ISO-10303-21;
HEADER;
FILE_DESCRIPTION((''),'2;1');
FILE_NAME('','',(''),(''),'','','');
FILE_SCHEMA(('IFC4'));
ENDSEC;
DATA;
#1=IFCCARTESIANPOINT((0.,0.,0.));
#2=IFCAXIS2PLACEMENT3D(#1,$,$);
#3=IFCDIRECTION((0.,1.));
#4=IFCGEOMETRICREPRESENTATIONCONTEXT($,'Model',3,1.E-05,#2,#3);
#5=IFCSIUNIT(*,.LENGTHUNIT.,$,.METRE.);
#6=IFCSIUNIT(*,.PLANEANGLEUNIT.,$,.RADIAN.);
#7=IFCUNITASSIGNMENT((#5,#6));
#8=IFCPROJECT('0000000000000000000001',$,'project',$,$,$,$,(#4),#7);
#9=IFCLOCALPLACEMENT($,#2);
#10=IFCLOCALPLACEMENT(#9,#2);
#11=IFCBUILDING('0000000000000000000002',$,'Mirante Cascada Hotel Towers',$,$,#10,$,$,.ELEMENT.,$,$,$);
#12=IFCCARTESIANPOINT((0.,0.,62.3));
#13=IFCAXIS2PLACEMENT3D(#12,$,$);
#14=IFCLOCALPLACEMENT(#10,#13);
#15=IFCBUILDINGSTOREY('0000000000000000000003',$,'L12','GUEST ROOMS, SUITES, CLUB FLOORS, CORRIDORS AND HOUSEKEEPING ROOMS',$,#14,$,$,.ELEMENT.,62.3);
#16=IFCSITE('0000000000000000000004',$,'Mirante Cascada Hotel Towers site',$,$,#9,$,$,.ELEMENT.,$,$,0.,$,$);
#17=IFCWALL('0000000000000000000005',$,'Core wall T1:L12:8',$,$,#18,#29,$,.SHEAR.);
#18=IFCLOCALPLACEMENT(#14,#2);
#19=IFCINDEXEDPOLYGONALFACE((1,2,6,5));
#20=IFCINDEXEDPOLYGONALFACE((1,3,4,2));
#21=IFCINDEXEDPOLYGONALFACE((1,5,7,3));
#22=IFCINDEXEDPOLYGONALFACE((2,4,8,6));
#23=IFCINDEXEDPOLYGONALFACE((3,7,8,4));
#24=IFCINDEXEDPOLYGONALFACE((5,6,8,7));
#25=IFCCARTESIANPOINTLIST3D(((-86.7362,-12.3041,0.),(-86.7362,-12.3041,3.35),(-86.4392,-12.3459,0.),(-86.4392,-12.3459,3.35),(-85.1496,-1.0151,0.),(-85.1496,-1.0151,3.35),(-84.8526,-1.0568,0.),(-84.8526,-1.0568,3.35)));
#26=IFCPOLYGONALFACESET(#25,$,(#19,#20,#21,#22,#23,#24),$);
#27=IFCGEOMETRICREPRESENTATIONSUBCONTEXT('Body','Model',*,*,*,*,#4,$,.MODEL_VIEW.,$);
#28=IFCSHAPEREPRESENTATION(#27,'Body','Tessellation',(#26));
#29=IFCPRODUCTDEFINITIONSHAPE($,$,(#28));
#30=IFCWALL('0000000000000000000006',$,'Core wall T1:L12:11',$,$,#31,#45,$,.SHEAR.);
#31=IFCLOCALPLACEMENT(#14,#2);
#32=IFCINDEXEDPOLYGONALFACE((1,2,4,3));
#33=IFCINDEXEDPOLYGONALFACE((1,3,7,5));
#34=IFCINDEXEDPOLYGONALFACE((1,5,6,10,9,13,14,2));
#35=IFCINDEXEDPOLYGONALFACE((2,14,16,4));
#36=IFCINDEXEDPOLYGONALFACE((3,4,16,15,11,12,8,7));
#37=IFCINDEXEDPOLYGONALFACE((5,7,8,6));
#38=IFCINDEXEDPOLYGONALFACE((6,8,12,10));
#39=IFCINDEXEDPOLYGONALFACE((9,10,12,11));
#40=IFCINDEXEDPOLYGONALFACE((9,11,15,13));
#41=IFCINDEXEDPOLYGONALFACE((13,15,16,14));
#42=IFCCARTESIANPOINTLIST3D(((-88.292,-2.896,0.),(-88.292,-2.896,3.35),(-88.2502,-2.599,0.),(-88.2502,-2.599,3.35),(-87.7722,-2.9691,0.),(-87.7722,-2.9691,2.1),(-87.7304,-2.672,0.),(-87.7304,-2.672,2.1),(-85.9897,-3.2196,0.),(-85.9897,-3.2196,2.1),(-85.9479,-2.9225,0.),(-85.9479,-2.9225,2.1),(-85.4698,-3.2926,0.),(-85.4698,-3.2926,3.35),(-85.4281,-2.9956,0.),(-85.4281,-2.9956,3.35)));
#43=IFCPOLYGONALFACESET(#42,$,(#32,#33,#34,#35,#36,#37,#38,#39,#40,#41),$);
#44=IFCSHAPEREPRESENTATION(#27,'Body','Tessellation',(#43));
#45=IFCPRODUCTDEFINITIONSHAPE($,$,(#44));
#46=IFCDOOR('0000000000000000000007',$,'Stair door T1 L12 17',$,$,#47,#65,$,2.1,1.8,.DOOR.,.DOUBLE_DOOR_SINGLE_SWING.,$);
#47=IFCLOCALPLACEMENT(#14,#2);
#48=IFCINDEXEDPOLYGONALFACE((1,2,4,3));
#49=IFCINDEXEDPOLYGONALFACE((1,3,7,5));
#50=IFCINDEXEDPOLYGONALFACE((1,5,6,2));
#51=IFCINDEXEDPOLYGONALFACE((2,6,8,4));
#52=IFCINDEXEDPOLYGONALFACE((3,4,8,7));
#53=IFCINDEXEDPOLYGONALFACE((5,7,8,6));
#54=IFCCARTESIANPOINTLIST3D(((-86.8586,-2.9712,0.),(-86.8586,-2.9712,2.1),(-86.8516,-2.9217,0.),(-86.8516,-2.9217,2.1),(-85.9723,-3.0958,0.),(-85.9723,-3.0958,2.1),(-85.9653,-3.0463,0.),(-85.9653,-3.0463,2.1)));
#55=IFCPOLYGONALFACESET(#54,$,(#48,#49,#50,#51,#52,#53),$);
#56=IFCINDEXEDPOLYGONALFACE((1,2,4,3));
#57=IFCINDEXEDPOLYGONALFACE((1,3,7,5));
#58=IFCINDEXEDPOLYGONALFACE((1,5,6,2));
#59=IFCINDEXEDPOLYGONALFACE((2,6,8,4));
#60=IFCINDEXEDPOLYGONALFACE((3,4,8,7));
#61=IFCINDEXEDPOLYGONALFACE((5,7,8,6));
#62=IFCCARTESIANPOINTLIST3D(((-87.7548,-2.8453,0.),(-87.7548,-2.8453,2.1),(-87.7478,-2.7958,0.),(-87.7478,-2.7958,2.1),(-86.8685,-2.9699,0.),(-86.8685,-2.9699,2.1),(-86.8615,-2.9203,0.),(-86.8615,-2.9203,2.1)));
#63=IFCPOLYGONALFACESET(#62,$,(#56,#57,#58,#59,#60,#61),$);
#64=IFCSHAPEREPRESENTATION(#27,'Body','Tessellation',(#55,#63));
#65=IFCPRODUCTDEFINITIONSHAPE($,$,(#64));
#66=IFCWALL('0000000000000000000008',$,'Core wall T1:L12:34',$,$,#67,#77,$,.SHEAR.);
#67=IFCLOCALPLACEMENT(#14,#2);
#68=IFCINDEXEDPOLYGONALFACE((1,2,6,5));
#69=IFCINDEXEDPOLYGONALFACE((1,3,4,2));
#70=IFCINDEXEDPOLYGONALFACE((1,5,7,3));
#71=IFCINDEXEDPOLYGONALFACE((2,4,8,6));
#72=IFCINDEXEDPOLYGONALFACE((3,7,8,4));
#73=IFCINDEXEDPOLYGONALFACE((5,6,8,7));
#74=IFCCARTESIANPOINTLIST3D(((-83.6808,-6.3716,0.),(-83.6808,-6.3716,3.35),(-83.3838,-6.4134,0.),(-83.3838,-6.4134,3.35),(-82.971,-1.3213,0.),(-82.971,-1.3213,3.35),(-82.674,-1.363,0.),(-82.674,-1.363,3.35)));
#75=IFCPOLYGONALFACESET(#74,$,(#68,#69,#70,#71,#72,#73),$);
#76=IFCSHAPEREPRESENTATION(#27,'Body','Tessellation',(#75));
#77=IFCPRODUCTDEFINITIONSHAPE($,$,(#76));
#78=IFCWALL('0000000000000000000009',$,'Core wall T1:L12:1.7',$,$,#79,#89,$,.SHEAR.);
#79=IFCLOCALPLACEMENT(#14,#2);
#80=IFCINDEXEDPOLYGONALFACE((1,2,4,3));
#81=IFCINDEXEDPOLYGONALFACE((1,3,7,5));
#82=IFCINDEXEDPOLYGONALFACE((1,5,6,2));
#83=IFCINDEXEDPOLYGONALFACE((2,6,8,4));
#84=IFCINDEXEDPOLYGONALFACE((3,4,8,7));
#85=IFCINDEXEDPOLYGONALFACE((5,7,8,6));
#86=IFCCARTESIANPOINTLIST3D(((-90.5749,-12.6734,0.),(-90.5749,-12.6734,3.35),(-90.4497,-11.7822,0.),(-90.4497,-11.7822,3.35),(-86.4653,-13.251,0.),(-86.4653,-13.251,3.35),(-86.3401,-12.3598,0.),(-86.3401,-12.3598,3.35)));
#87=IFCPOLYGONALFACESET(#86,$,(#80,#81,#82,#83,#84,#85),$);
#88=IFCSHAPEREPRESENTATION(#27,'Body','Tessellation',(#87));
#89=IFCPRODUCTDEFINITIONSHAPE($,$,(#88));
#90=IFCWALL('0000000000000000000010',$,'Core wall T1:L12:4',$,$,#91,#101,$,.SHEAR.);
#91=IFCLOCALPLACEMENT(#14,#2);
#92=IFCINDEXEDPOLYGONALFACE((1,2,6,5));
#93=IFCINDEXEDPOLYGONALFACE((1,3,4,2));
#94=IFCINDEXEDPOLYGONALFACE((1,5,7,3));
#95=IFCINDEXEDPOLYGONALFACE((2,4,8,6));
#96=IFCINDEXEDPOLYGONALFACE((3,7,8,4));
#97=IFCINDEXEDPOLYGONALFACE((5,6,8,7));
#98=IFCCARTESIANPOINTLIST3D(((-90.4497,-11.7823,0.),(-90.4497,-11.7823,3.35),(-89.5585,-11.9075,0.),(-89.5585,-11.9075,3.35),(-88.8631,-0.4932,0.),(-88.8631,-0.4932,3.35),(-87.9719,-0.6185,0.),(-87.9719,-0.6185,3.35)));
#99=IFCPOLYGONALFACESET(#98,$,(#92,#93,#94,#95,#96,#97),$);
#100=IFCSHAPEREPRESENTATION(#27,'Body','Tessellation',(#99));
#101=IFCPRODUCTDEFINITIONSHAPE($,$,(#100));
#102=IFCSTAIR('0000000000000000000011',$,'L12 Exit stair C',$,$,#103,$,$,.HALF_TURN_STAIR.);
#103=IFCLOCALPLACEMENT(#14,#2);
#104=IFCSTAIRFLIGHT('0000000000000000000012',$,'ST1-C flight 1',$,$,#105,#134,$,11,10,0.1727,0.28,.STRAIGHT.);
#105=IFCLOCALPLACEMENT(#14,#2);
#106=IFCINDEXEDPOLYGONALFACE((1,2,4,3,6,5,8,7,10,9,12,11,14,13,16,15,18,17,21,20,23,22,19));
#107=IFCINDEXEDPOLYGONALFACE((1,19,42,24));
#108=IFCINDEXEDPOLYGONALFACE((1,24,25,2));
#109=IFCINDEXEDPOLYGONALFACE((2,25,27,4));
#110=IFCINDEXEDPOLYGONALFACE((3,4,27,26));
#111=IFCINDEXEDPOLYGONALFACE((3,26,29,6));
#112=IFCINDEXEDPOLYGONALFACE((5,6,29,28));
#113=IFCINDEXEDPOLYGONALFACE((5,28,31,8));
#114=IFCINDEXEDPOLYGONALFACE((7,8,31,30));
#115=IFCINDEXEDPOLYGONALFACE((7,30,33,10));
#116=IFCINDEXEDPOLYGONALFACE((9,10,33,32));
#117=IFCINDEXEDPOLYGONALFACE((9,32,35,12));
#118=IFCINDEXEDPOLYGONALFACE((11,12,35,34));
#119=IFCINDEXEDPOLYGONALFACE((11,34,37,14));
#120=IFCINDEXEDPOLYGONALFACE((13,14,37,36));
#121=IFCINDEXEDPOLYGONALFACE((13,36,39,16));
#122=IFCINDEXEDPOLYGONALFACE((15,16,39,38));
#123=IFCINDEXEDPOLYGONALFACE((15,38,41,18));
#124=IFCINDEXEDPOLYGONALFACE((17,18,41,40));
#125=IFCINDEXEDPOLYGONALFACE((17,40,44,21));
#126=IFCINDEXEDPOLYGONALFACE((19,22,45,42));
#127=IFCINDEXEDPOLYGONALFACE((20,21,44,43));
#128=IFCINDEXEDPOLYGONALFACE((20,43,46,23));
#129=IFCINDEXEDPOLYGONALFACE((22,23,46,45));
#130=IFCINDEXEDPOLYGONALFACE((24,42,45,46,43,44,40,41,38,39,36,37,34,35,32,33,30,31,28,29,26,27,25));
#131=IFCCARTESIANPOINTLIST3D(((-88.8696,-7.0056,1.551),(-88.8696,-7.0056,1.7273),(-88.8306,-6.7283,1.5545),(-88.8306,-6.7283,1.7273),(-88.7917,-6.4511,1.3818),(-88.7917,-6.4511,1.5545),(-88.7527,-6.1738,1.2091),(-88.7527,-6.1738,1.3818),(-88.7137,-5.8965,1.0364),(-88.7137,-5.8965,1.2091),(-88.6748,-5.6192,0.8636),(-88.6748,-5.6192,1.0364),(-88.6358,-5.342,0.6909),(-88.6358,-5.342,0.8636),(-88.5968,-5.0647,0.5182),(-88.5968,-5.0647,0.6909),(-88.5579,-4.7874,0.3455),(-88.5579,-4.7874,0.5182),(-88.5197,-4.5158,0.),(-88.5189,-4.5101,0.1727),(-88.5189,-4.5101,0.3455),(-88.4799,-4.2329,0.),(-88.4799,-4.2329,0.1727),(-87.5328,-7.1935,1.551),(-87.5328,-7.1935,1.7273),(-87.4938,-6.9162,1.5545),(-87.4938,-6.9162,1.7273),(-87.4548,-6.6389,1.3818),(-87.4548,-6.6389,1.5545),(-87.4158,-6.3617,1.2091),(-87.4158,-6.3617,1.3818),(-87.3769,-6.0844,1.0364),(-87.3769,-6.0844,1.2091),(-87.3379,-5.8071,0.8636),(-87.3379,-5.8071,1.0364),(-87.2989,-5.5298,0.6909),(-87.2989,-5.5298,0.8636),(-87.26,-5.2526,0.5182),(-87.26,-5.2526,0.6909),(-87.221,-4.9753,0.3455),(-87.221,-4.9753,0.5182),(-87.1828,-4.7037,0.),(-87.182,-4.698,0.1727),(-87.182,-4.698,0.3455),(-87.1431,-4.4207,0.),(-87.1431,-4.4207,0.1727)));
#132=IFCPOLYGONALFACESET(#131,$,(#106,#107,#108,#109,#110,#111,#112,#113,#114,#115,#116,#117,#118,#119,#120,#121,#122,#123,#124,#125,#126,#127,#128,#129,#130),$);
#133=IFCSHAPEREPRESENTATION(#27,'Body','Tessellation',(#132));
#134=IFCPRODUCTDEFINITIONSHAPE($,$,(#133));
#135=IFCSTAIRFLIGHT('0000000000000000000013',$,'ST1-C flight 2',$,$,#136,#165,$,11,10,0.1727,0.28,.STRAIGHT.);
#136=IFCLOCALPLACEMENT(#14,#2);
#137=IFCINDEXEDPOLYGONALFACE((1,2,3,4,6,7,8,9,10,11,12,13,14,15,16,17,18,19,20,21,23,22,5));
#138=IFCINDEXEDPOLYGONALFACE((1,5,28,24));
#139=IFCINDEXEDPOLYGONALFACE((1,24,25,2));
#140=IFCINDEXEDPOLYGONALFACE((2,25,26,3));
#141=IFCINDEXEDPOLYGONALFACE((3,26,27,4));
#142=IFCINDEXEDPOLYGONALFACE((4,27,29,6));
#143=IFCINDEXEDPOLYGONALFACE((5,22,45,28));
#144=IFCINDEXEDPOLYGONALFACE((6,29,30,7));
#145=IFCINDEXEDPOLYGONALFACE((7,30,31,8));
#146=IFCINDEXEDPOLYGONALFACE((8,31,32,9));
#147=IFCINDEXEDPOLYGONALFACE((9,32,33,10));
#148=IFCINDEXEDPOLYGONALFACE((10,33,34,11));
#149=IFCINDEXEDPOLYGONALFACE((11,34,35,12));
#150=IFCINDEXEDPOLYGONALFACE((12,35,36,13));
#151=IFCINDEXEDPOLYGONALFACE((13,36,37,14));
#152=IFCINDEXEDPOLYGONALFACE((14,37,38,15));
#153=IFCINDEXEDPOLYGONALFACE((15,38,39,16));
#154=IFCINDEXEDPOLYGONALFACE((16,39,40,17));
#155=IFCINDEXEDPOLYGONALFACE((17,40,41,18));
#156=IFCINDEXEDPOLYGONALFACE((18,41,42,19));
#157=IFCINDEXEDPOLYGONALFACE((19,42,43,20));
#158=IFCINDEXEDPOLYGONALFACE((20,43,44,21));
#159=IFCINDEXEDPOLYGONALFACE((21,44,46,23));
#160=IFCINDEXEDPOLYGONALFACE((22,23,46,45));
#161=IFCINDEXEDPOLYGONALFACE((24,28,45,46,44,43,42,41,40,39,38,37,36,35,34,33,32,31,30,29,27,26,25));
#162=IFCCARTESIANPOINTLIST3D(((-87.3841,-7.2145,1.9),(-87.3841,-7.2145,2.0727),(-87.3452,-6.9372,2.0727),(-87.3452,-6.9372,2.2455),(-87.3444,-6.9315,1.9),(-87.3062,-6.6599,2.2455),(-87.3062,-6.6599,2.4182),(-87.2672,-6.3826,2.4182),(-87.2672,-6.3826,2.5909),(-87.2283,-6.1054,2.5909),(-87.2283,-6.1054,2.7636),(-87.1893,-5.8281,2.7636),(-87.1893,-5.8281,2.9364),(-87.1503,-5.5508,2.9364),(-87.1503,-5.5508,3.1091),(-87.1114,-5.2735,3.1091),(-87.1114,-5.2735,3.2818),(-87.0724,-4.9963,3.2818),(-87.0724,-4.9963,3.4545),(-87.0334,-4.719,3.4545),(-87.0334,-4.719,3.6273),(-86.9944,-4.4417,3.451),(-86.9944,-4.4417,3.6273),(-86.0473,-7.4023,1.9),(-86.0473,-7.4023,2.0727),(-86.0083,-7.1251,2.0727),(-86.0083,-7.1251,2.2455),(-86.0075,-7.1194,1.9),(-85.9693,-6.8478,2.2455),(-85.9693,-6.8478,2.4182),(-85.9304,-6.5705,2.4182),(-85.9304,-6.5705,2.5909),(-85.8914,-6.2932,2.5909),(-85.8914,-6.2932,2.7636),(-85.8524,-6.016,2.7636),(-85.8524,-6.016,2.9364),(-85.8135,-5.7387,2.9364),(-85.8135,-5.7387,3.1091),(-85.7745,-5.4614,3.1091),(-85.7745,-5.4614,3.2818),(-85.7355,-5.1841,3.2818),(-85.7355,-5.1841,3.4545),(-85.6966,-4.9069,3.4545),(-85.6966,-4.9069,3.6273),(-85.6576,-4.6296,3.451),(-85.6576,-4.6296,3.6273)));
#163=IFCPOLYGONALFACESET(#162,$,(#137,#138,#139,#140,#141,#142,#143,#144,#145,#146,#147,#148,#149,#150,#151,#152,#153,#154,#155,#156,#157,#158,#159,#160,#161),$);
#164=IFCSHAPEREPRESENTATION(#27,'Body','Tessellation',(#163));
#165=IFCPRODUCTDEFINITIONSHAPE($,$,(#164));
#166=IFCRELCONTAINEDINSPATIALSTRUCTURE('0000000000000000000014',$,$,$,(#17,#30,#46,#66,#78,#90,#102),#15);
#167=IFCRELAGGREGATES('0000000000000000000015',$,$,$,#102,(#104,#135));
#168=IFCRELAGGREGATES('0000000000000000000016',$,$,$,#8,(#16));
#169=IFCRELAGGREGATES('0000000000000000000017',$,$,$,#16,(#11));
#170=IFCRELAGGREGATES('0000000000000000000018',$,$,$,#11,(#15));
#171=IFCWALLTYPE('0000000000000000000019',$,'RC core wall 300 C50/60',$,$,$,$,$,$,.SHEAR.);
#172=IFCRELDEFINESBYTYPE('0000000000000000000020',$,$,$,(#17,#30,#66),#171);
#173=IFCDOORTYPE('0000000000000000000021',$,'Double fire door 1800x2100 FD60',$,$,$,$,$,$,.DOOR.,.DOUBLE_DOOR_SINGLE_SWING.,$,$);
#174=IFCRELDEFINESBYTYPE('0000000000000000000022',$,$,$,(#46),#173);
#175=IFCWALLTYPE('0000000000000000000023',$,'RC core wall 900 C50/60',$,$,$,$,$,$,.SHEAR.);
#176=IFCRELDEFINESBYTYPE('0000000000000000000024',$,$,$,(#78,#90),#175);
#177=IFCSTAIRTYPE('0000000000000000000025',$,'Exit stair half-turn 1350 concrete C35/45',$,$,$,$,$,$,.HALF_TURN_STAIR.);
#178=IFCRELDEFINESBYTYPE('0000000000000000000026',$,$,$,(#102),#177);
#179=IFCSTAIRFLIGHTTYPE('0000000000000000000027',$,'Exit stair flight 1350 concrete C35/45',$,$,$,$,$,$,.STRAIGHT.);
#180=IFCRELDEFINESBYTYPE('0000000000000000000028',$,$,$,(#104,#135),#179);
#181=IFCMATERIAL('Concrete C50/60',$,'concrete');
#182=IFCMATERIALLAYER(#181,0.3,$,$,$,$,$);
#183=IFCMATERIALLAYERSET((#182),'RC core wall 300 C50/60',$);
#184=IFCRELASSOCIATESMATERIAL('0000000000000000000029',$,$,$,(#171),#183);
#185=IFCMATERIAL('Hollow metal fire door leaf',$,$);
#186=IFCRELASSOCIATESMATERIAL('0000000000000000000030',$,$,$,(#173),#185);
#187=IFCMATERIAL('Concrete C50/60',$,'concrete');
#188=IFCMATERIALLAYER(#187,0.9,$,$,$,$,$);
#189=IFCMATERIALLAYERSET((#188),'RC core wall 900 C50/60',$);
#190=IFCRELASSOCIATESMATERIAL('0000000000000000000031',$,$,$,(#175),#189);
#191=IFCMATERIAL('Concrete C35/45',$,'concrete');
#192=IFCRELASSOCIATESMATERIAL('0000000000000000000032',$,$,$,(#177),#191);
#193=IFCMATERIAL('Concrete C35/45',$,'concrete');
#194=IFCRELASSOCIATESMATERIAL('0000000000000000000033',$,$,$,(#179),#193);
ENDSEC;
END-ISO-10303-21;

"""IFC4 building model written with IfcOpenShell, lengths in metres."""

from ifc_helpers import new_model, si_unit, direction, frame, frame_2d, origin, place, context, subcontext, project, spatial, polyline, rectangle, outline, extrude, material, layer, layer_set, type_object, element, fill, aggregate, save


model = new_model("IFC4")

# Units and contexts
model_context = context("Model", 3, precision=1e-05, world=origin(), true_north=direction((0.0, 1.0)))
body_context = subcontext(model_context, "Body", "Model", "MODEL_VIEW")
ifc_project = project(units=[si_unit("LENGTHUNIT", "METRE"), si_unit("PLANEANGLEUNIT", "RADIAN")], contexts=[model_context])

# Site, building, storey
site_placement = place(None, origin())
site = spatial("IfcSite", under=ifc_project, at=site_placement, Name="Mirante Cascada Hotel Towers site", CompositionType="ELEMENT", RefElevation=0.0)
building_placement = place(site_placement, origin())
building = spatial("IfcBuilding", under=site, at=building_placement, Name="Mirante Cascada Hotel Towers", CompositionType="ELEMENT")
storey_placement = place(building_placement, frame((0.0, 0.0, 62.3)))
storey = spatial("IfcBuildingStorey", under=building, at=storey_placement, Name="L12", Description="GUEST ROOMS, SUITES, CLUB FLOORS, CORRIDORS AND HOUSEKEEPING ROOMS", CompositionType="ELEMENT", Elevation=62.3)

# Wall
ifc_material_1 = material(Name="Concrete C50/60", Category="concrete")
ifc_layer_1 = layer(ifc_material_1, 0.3)
ifc_layer_set_1 = layer_set([ifc_layer_1], Name="RC core wall 300 C50/60")
wall_type_1 = type_object("IfcWallType", Name="RC core wall 300 C50/60", PredefinedType="SHEAR", material=ifc_layer_set_1)
wall_1_placement = place(storey_placement, frame((-86.5877, -12.325, 0.0), z_axis=(0.0, 0.0, 1.0), x_axis=(0.139175, 0.990268, 0.0)))
element("IfcWall", 1, at=wall_1_placement, inside=storey, type_object=wall_type_1, Name="Core wall T1:L12:8", PredefinedType="SHEAR", context=body_context, shape_type="SweptSolid", body=[
    extrude(rectangle(XDim=11.4, YDim=0.3, at=frame_2d((5.7, 0.0))), origin(), (0.0, 0.0, 1.0), 3.35),
])

# Wall, opening, door
wall_2_placement = place(storey_placement, frame((-85.4489, -3.1441, 0.0), z_axis=(0.0, 0.0, 1.0), x_axis=(-0.99027, 0.139161, 0.0)))
wall_2 = element("IfcWall", 2, at=wall_2_placement, inside=storey, type_object=wall_type_1, Name="Core wall T1:L12:11", PredefinedType="SHEAR", context=body_context, shape_type="SweptSolid", body=[
    extrude(rectangle(XDim=2.8499, YDim=0.3, at=frame_2d((1.425, 0.0))), origin(), (0.0, 0.0, 1.0), 3.35),
])
opening_1_placement = place(wall_2_placement, frame((0.525, 0.0, 0.0)))
opening_1 = element("IfcOpeningElement", 3, at=opening_1_placement, cuts=wall_2, PredefinedType="OPENING", context=body_context, shape_type="SweptSolid", body=[
    extrude(rectangle(XDim=1.8, YDim=2.1, at=frame_2d((0.9, 1.05))), frame((0.0, 0.15, 0.0), z_axis=(0.0, -1.0, 0.0), x_axis=(1.0, 0.0, 0.0)), (0.0, 0.0, 1.0), 0.3),
])
ifc_material_2 = material(Name="Hollow metal fire door leaf")
door_type_1 = type_object("IfcDoorType", Name="Double fire door 1800x2100 FD60", OperationType="DOUBLE_DOOR_SINGLE_SWING", PredefinedType="DOOR", material=ifc_material_2)
door_1_placement = place(opening_1_placement, origin())
door_1 = element("IfcDoor", 4, at=door_1_placement, inside=storey, type_object=door_type_1, Name="Stair door T1 L12 17", OperationType="DOUBLE_DOOR_SINGLE_SWING", OverallHeight=2.1, OverallWidth=1.8, PredefinedType="DOOR", context=body_context, shape_type="SweptSolid", body=[
    extrude(rectangle(XDim=0.895, YDim=2.1, at=frame_2d((0.4475, 1.05))), frame((0.0, 0.025, 0.0), z_axis=(0.0, -1.0, 0.0), x_axis=(1.0, 0.0, 0.0)), (0.0, 0.0, 1.0), 0.05),
    extrude(rectangle(XDim=0.895, YDim=2.1, at=frame_2d((1.3525, 1.05))), frame((0.0, 0.025, 0.0), z_axis=(0.0, -1.0, 0.0), x_axis=(1.0, 0.0, 0.0)), (0.0, 0.0, 1.0), 0.05),
])
fill(opening_1, door_1)

# Walls
wall_3_placement = place(storey_placement, frame((-83.5323, -6.3925, 0.0), z_axis=(0.0, 0.0, 1.0), x_axis=(0.139176, 0.990268, 0.0)))
element("IfcWall", 5, at=wall_3_placement, inside=storey, type_object=wall_type_1, Name="Core wall T1:L12:34", PredefinedType="SHEAR", context=body_context, shape_type="SweptSolid", body=[
    extrude(rectangle(XDim=5.1, YDim=0.3, at=frame_2d((2.55, 0.0))), origin(), (0.0, 0.0, 1.0), 3.35),
])
ifc_material_3 = material(Name="Concrete C50/60", Category="concrete")
ifc_layer_2 = layer(ifc_material_3, 0.9)
ifc_layer_set_2 = layer_set([ifc_layer_2], Name="RC core wall 900 C50/60")
wall_type_2 = type_object("IfcWallType", Name="RC core wall 900 C50/60", PredefinedType="SHEAR", material=ifc_layer_set_2)
wall_4_placement = place(storey_placement, frame((-86.4027, -12.8054, 0.0), z_axis=(0.0, 0.0, 1.0), x_axis=(-0.990267, 0.139181, 0.0)))
element("IfcWall", 6, at=wall_4_placement, inside=storey, type_object=wall_type_2, Name="Core wall T1:L12:1.7", PredefinedType="SHEAR", context=body_context, shape_type="SweptSolid", body=[
    extrude(rectangle(XDim=4.15, YDim=0.9, at=frame_2d((2.075, 0.0))), origin(), (0.0, 0.0, 1.0), 3.35),
])
wall_5_placement = place(storey_placement, frame((-90.0041, -11.8449, 0.0), z_axis=(0.0, 0.0, 1.0), x_axis=(0.139175, 0.990268, 0.0)))
element("IfcWall", 7, at=wall_5_placement, inside=storey, type_object=wall_type_2, Name="Core wall T1:L12:4", PredefinedType="SHEAR", context=body_context, shape_type="SweptSolid", body=[
    extrude(rectangle(XDim=11.4, YDim=0.9, at=frame_2d((5.7, 0.0))), origin(), (0.0, 0.0, 1.0), 3.35),
])

# Stair, stair flights
ifc_material_4 = material(Name="Concrete C35/45", Category="concrete")
stair_type = type_object("IfcStairType", Name="Exit stair half-turn 1350 concrete C35/45", PredefinedType="HALF_TURN_STAIR", material=ifc_material_4)
stair_placement = place(storey_placement, origin())
stair = element("IfcStair", 8, at=stair_placement, inside=storey, type_object=stair_type, Name="L12 Exit stair C", PredefinedType="HALF_TURN_STAIR")
ifc_material_5 = material(Name="Concrete C35/45", Category="concrete")
stair_flight_type = type_object("IfcStairFlightType", Name="Exit stair flight 1350 concrete C35/45", PredefinedType="STRAIGHT", material=ifc_material_5)
stair_flight_1_placement = place(storey_placement, frame((-87.8115, -4.3268, 0.0), z_axis=(0.0, 0.0, 1.0), x_axis=(-0.139173, -0.990268, 0.0)))
stair_flight_1 = element("IfcStairFlight", 9, at=stair_flight_1_placement, type_object=stair_flight_type, Name="ST1-C flight 1", NumberOfRisers=11, NumberOfTreads=10, PredefinedType="STRAIGHT", RiserHeight=0.1727, TreadLength=0.28, context=body_context, shape_type="SweptSolid", body=[
    extrude(outline(polyline([(0.0, 0.0), (0.0, 0.1727), (0.28, 0.1727), (0.28, 0.3455), (0.56, 0.3455), (0.56, 0.5182), (0.84, 0.5182), (0.84, 0.6909), (1.12, 0.6909), (1.12, 0.8636), (1.4, 0.8636), (1.4, 1.0364), (1.68, 1.0364), (1.68, 1.2091), (1.96, 1.2091), (1.96, 1.3818), (2.24, 1.3818), (2.24, 1.5545), (2.52, 1.5545), (2.52, 1.7273), (2.8, 1.7273), (2.8, 1.9), (2.8, 1.551), (0.2857, 0.0), (0.0, 0.0)])), frame((0.0, 0.675, 0.0), z_axis=(0.0, -1.0, 0.0), x_axis=(1.0, 0.0, 0.0)), (0.0, 0.0, 1.0), 1.35),
])
stair_flight_2_placement = place(storey_placement, frame((-86.7157, -7.3084, 1.9), z_axis=(0.0, 0.0, 1.0), x_axis=(0.139173, 0.990268, 0.0)))
stair_flight_2 = element("IfcStairFlight", 10, at=stair_flight_2_placement, type_object=stair_flight_type, Name="ST1-C flight 2", NumberOfRisers=11, NumberOfTreads=10, PredefinedType="STRAIGHT", RiserHeight=0.1727, TreadLength=0.28, context=body_context, shape_type="SweptSolid", body=[
    extrude(outline(polyline([(0.0, 0.0), (0.0, 0.1727), (0.28, 0.1727), (0.28, 0.3455), (0.56, 0.3455), (0.56, 0.5182), (0.84, 0.5182), (0.84, 0.6909), (1.12, 0.6909), (1.12, 0.8636), (1.4, 0.8636), (1.4, 1.0364), (1.68, 1.0364), (1.68, 1.2091), (1.96, 1.2091), (1.96, 1.3818), (2.24, 1.3818), (2.24, 1.5545), (2.52, 1.5545), (2.52, 1.7273), (2.8, 1.7273), (2.8, 1.9), (2.8, 1.551), (0.2857, 0.0), (0.0, 0.0)])), frame((0.0, 0.675, 0.0), z_axis=(0.0, -1.0, 0.0), x_axis=(1.0, 0.0, 0.0)), (0.0, 0.0, 1.0), 1.35),
])
aggregate(stair, [stair_flight_1, stair_flight_2])

save(model, "model.ifc")
